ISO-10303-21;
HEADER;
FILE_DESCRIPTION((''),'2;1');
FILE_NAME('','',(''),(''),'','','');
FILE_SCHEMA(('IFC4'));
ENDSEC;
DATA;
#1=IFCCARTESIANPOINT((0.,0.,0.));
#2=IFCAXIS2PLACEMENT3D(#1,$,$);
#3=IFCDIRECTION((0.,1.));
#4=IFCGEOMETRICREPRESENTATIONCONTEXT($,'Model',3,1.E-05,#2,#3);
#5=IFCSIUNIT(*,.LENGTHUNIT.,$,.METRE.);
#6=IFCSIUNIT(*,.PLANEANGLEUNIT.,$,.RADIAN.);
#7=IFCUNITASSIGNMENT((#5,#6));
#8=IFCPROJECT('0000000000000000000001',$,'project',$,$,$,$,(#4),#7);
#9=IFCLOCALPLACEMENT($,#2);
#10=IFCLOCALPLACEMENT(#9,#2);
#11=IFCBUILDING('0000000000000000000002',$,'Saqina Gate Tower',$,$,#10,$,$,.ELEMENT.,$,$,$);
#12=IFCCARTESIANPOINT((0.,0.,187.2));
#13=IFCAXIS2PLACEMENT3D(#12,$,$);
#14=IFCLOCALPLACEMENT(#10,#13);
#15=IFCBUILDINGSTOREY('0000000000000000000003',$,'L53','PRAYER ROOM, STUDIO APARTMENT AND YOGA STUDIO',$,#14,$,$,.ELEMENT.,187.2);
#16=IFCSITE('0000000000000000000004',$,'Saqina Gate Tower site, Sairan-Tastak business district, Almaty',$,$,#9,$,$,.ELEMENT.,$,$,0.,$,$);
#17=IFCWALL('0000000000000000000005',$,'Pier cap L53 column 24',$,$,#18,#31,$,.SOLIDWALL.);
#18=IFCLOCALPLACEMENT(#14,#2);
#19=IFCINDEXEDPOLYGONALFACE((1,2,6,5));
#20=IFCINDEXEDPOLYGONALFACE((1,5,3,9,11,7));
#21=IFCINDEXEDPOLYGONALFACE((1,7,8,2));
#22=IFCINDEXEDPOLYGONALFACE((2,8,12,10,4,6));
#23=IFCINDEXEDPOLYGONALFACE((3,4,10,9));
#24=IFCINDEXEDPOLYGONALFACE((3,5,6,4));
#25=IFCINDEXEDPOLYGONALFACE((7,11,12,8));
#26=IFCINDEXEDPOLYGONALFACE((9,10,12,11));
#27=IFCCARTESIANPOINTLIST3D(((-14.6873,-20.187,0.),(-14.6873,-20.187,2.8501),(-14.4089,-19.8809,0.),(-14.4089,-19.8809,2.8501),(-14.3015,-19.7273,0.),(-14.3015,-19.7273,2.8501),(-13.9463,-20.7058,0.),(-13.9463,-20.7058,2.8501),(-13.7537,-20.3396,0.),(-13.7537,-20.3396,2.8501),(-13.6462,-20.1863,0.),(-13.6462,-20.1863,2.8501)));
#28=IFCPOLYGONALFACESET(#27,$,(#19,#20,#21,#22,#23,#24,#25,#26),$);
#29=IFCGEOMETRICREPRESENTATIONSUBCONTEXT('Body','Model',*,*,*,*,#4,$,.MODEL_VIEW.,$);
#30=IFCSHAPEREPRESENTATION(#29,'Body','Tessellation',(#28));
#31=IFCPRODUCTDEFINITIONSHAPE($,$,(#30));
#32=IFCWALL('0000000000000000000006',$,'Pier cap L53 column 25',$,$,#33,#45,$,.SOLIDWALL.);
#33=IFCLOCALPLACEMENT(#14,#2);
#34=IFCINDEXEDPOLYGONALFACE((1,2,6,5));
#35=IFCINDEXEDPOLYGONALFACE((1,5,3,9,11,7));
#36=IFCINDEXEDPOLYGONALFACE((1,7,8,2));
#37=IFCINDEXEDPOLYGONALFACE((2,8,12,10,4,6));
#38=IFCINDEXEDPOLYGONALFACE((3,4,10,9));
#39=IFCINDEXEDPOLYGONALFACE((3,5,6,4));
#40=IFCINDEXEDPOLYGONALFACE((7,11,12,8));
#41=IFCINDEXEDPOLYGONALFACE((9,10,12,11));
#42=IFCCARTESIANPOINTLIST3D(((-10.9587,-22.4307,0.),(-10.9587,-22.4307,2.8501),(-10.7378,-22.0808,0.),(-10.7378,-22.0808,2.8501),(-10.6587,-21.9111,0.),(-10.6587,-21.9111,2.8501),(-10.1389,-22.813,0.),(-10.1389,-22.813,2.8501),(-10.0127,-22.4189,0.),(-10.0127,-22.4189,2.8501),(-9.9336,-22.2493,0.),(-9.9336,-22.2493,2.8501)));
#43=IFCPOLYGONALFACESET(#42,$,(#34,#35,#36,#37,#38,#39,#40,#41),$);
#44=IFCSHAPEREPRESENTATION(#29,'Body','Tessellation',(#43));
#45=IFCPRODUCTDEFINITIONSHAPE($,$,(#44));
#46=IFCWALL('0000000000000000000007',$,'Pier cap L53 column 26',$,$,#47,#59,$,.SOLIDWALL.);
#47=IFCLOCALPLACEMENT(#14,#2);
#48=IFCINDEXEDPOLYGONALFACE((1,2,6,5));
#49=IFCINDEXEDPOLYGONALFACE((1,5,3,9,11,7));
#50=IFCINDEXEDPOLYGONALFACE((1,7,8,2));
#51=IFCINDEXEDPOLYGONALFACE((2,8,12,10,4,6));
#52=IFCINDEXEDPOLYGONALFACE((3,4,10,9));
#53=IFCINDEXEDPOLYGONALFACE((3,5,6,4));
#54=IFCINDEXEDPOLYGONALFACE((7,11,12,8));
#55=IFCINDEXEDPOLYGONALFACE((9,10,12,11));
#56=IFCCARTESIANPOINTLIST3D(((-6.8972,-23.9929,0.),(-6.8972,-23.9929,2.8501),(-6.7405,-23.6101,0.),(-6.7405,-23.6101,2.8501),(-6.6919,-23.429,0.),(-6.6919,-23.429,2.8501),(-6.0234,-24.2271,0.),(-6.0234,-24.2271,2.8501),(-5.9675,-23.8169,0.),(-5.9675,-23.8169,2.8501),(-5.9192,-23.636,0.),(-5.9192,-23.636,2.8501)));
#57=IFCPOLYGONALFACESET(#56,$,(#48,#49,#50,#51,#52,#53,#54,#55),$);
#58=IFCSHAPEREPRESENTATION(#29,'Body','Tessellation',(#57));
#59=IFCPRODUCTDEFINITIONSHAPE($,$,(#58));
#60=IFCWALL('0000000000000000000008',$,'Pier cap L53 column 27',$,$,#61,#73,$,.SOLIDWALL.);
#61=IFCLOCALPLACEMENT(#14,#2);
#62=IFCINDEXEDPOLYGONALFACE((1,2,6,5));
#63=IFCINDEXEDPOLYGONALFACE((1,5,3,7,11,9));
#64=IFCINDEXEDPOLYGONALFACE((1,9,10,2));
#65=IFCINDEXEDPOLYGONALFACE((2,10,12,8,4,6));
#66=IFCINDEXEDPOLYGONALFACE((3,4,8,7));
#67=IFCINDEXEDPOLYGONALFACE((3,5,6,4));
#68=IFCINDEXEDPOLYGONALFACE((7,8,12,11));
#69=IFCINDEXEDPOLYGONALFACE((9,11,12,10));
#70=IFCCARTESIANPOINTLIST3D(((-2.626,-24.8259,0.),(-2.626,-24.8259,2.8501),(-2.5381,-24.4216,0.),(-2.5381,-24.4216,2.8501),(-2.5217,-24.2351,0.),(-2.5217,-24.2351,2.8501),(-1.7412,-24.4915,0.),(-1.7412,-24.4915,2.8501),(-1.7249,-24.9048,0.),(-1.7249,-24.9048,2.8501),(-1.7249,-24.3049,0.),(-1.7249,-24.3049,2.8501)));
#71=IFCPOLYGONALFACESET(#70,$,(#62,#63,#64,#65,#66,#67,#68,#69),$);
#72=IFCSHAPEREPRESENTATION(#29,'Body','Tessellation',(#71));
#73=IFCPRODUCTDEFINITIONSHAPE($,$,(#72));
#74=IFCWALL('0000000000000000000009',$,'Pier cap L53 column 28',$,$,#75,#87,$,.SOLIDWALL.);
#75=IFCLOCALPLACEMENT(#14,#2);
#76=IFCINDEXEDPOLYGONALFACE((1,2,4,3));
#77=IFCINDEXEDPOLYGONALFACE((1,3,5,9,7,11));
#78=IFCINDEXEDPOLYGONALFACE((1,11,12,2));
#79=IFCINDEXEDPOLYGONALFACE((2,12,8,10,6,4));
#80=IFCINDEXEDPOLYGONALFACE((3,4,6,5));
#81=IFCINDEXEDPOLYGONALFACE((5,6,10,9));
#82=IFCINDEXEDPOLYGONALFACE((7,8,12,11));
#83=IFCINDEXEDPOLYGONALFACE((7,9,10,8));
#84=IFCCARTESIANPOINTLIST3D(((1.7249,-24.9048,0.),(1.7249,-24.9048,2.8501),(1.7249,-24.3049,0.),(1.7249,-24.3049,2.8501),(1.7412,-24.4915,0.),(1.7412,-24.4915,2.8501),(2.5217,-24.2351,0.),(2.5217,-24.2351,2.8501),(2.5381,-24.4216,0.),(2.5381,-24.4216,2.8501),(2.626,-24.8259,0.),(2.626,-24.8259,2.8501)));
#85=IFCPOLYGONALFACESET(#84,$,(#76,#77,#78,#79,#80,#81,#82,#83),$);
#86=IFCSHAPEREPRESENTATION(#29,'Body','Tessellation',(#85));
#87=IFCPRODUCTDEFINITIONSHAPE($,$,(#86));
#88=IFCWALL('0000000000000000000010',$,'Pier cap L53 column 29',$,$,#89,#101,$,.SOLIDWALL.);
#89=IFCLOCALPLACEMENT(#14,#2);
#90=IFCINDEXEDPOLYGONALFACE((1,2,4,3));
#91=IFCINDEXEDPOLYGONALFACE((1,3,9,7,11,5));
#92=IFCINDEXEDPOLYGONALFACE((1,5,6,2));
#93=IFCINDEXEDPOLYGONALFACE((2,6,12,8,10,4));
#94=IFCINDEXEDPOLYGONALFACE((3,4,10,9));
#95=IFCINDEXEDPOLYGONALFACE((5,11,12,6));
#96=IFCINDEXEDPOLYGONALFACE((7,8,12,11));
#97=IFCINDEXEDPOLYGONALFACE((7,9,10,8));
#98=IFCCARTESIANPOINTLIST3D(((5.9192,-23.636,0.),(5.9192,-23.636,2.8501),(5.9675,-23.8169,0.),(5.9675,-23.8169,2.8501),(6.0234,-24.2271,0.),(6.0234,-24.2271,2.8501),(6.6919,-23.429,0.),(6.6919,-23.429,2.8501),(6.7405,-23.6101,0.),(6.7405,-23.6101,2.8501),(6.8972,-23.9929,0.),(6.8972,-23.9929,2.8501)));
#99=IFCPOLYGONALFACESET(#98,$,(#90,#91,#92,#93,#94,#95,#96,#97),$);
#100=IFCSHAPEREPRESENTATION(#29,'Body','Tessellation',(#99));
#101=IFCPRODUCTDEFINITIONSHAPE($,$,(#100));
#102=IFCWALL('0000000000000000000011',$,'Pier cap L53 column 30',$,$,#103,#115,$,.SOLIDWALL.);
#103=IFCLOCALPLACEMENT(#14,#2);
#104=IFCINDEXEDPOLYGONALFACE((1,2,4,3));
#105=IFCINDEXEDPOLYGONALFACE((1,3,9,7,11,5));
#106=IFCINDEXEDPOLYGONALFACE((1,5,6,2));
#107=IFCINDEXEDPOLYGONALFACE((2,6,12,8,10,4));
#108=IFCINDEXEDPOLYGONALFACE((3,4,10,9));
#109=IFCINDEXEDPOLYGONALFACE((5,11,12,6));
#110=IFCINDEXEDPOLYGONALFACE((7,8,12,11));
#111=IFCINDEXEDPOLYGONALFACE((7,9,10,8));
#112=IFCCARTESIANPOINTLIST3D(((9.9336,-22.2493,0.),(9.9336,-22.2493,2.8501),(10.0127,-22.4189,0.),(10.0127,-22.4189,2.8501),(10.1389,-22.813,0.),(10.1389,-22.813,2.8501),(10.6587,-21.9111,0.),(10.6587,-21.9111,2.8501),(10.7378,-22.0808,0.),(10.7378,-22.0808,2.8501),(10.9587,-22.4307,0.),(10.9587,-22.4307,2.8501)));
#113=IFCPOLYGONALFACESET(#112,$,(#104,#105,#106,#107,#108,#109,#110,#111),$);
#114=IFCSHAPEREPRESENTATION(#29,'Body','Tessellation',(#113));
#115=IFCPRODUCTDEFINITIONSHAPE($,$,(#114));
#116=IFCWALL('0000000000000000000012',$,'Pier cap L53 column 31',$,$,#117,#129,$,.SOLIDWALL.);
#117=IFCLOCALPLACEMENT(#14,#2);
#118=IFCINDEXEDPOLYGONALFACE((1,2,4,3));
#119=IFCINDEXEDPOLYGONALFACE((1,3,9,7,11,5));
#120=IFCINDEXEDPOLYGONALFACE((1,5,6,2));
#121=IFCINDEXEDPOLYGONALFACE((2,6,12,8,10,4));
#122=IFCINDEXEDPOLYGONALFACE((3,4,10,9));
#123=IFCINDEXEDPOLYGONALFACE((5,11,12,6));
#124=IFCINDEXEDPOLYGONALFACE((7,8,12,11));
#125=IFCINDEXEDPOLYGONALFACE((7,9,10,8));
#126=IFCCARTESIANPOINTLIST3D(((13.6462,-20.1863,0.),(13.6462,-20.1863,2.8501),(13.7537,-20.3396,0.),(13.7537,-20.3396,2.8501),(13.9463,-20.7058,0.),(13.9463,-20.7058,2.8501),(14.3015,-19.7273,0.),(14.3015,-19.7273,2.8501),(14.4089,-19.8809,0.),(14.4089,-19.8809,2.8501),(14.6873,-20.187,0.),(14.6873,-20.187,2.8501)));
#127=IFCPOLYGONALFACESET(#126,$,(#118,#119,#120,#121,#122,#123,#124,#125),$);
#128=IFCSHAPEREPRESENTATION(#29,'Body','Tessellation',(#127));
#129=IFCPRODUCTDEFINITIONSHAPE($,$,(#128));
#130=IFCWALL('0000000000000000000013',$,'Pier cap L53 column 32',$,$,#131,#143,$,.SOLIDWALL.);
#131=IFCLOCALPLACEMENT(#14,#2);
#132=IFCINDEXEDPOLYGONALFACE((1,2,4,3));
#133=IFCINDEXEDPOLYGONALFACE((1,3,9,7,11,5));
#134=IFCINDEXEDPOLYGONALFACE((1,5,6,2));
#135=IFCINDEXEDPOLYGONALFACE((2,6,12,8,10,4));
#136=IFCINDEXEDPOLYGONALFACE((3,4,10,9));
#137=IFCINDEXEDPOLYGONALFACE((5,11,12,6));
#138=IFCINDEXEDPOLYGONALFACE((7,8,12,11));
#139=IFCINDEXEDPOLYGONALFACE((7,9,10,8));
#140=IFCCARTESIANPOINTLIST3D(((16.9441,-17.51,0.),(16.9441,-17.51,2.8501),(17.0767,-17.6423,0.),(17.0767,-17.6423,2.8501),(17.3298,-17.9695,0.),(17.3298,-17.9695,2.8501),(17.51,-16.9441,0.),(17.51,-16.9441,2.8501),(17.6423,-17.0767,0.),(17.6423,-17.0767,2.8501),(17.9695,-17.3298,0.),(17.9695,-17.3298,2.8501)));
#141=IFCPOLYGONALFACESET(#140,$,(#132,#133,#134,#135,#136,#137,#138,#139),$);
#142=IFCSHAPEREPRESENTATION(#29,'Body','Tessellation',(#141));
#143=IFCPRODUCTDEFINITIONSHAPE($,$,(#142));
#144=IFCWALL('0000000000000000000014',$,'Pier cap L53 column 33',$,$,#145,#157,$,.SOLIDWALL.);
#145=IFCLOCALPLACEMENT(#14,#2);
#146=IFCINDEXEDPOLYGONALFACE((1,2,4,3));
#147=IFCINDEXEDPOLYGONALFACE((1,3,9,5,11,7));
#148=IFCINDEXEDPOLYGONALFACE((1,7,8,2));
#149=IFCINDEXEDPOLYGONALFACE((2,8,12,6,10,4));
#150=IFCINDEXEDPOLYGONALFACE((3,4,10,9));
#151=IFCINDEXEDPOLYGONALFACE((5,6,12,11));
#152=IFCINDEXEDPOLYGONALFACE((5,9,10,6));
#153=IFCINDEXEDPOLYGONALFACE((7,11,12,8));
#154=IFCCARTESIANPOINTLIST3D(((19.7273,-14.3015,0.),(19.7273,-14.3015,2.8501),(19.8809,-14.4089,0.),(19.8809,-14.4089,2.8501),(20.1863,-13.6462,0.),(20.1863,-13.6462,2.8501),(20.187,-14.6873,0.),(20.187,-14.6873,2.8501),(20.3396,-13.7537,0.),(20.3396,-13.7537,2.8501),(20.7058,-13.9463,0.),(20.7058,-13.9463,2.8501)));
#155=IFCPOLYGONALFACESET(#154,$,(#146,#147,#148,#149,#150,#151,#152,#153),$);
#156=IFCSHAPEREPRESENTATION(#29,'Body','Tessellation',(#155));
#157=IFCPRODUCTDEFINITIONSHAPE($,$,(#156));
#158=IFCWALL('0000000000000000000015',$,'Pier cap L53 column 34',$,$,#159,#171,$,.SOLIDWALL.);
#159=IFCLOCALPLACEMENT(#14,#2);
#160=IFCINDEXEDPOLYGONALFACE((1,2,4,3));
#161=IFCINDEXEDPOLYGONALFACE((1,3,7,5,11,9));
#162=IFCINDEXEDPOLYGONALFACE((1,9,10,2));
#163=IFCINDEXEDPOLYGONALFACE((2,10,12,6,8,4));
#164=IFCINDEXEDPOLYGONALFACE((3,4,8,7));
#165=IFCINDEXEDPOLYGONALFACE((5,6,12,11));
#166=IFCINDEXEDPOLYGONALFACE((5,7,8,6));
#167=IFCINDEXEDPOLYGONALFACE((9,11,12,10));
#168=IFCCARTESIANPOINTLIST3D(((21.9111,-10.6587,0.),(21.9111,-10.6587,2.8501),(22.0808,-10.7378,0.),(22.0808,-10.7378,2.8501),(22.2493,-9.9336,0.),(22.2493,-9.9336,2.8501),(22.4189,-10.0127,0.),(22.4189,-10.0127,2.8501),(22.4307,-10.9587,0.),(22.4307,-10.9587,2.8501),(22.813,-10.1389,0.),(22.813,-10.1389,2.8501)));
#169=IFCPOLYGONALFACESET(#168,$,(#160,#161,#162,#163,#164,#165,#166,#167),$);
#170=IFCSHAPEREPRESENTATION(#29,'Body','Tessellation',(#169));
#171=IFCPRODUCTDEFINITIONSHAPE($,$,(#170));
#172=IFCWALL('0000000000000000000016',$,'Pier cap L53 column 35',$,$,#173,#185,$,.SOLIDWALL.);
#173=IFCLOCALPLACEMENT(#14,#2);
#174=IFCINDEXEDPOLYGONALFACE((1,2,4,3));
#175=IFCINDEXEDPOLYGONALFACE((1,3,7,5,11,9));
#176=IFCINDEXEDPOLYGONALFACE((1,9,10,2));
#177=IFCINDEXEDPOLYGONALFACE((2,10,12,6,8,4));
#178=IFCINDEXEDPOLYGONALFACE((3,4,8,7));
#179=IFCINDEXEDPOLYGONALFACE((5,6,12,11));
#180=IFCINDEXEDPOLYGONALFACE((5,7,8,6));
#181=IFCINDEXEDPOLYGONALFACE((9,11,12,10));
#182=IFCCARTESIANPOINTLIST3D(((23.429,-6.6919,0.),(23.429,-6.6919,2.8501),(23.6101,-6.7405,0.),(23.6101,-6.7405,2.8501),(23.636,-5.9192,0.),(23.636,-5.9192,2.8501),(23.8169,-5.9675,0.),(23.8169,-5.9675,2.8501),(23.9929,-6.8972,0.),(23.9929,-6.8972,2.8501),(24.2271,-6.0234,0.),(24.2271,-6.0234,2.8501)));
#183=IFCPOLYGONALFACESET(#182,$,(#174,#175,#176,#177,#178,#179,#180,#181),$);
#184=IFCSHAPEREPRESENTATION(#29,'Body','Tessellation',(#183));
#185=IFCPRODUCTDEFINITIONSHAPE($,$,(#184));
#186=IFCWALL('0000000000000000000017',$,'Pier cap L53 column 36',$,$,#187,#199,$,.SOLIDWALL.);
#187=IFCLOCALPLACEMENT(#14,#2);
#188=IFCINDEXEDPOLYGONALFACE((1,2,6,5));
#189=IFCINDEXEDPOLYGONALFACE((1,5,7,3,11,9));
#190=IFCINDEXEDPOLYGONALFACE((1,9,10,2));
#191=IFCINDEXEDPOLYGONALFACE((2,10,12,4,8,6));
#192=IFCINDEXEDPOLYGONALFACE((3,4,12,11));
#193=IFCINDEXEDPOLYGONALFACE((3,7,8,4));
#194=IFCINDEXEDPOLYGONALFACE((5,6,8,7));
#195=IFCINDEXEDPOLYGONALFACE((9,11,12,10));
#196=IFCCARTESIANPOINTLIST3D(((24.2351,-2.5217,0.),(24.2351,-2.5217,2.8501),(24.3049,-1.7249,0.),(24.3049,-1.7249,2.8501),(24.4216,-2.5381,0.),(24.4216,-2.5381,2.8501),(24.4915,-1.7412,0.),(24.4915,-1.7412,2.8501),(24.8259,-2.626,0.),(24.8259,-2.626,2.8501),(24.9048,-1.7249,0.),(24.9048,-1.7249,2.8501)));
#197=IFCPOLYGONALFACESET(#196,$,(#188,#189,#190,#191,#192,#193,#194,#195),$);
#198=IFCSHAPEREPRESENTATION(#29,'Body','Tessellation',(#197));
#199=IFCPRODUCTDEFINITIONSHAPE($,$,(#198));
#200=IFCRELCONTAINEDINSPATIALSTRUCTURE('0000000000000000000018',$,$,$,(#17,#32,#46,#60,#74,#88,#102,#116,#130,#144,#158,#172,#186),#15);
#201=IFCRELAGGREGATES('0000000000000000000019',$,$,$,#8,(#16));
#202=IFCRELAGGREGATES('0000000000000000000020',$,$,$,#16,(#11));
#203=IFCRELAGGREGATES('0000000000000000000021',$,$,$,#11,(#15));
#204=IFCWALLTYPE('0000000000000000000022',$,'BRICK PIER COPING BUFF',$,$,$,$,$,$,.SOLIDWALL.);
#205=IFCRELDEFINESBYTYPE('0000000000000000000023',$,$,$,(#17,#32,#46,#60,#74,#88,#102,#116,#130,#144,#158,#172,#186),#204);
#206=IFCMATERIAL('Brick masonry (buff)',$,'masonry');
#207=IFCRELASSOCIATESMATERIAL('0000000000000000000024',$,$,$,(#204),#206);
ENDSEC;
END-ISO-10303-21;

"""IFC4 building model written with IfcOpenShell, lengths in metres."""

from ifc_helpers import new_model, si_unit, direction, frame, origin, place, context, subcontext, project, spatial, polyline, outline, extrude, material, type_object, element, save


model = new_model("IFC4")

# Units and contexts
model_context = context("Model", 3, precision=1e-05, world=origin(), true_north=direction((0.0, 1.0)))
body_context = subcontext(model_context, "Body", "Model", "MODEL_VIEW")
ifc_project = project(units=[si_unit("LENGTHUNIT", "METRE"), si_unit("PLANEANGLEUNIT", "RADIAN")], contexts=[model_context])

# Site, building, storey
site_placement = place(None, origin())
site = spatial("IfcSite", under=ifc_project, at=site_placement, Name="Saqina Gate Tower site, Sairan-Tastak business district, Almaty", CompositionType="ELEMENT", RefElevation=0.0)
building_placement = place(site_placement, origin())
building = spatial("IfcBuilding", under=site, at=building_placement, Name="Saqina Gate Tower", CompositionType="ELEMENT")
storey_placement = place(building_placement, frame((0.0, 0.0, 187.2)))
storey = spatial("IfcBuildingStorey", under=building, at=storey_placement, Name="L53", Description="PRAYER ROOM, STUDIO APARTMENT AND YOGA STUDIO", CompositionType="ELEMENT", Elevation=187.2)

# Walls
ifc_material_1 = material(Name="Brick masonry (buff)", Category="masonry")
wall_type_1 = type_object("IfcWallType", Name="BRICK PIER COPING BUFF", PredefinedType="SOLIDWALL", material=ifc_material_1)
wall_1_placement = place(storey_placement, origin())
element("IfcWall", 1, at=wall_1_placement, inside=storey, type_object=wall_type_1, Name="Pier cap L53 column 24", PredefinedType="SOLIDWALL", context=body_context, shape_type="SweptSolid", body=[
    extrude(outline(polyline([(-14.6873, -20.187), (-13.9463, -20.7058), (-13.6462, -20.1863), (-13.7537, -20.3396), (-14.4089, -19.8809), (-14.3015, -19.7273), (-14.6873, -20.187)])), origin(), (0.0, 0.0, 1.0), 2.8501),
])
wall_2_placement = place(storey_placement, origin())
element("IfcWall", 2, at=wall_2_placement, inside=storey, type_object=wall_type_1, Name="Pier cap L53 column 25", PredefinedType="SOLIDWALL", context=body_context, shape_type="SweptSolid", body=[
    extrude(outline(polyline([(-10.1389, -22.813), (-9.9336, -22.2493), (-10.0127, -22.4189), (-10.7378, -22.0808), (-10.6587, -21.9111), (-10.9587, -22.4307), (-10.1389, -22.813)])), origin(), (0.0, 0.0, 1.0), 2.8501),
])
wall_3_placement = place(storey_placement, origin())
element("IfcWall", 3, at=wall_3_placement, inside=storey, type_object=wall_type_1, Name="Pier cap L53 column 26", PredefinedType="SOLIDWALL", context=body_context, shape_type="SweptSolid", body=[
    extrude(outline(polyline([(-6.0234, -24.2271), (-5.9192, -23.636), (-5.9675, -23.8169), (-6.7405, -23.6101), (-6.6919, -23.429), (-6.8972, -23.9929), (-6.0234, -24.2271)])), origin(), (0.0, 0.0, 1.0), 2.8501),
])
wall_4_placement = place(storey_placement, origin())
element("IfcWall", 4, at=wall_4_placement, inside=storey, type_object=wall_type_1, Name="Pier cap L53 column 27", PredefinedType="SOLIDWALL", context=body_context, shape_type="SweptSolid", body=[
    extrude(outline(polyline([(-2.626, -24.8259), (-1.7249, -24.9048), (-1.7249, -24.3049), (-1.7412, -24.4915), (-2.5381, -24.4216), (-2.5217, -24.2351), (-2.626, -24.8259)])), origin(), (0.0, 0.0, 1.0), 2.8501),
])
wall_5_placement = place(storey_placement, origin())
element("IfcWall", 5, at=wall_5_placement, inside=storey, type_object=wall_type_1, Name="Pier cap L53 column 28", PredefinedType="SOLIDWALL", context=body_context, shape_type="SweptSolid", body=[
    extrude(outline(polyline([(1.7249, -24.9048), (2.626, -24.8259), (2.5217, -24.2351), (2.5381, -24.4216), (1.7412, -24.4915), (1.7249, -24.3049), (1.7249, -24.9048)])), origin(), (0.0, 0.0, 1.0), 2.8501),
])
wall_6_placement = place(storey_placement, origin())
element("IfcWall", 6, at=wall_6_placement, inside=storey, type_object=wall_type_1, Name="Pier cap L53 column 29", PredefinedType="SOLIDWALL", context=body_context, shape_type="SweptSolid", body=[
    extrude(outline(polyline([(6.0234, -24.2271), (6.8972, -23.9929), (6.6919, -23.429), (6.7405, -23.6101), (5.9675, -23.8169), (5.9192, -23.636), (6.0234, -24.2271)])), origin(), (0.0, 0.0, 1.0), 2.8501),
])
wall_7_placement = place(storey_placement, origin())
element("IfcWall", 7, at=wall_7_placement, inside=storey, type_object=wall_type_1, Name="Pier cap L53 column 30", PredefinedType="SOLIDWALL", context=body_context, shape_type="SweptSolid", body=[
    extrude(outline(polyline([(10.9587, -22.4307), (10.6587, -21.9111), (10.7378, -22.0808), (10.0127, -22.4189), (9.9336, -22.2493), (10.1389, -22.813), (10.9587, -22.4307)])), origin(), (0.0, 0.0, 1.0), 2.8501),
])
wall_8_placement = place(storey_placement, origin())
element("IfcWall", 8, at=wall_8_placement, inside=storey, type_object=wall_type_1, Name="Pier cap L53 column 31", PredefinedType="SOLIDWALL", context=body_context, shape_type="SweptSolid", body=[
    extrude(outline(polyline([(13.9463, -20.7058), (14.6873, -20.187), (14.3015, -19.7273), (14.4089, -19.8809), (13.7537, -20.3396), (13.6462, -20.1863), (13.9463, -20.7058)])), origin(), (0.0, 0.0, 1.0), 2.8501),
])
wall_9_placement = place(storey_placement, origin())
element("IfcWall", 9, at=wall_9_placement, inside=storey, type_object=wall_type_1, Name="Pier cap L53 column 32", PredefinedType="SOLIDWALL", context=body_context, shape_type="SweptSolid", body=[
    extrude(outline(polyline([(17.9695, -17.3298), (17.51, -16.9441), (17.6423, -17.0767), (17.0767, -17.6423), (16.9441, -17.51), (17.3298, -17.9695), (17.9695, -17.3298)])), origin(), (0.0, 0.0, 1.0), 2.8501),
])
wall_10_placement = place(storey_placement, origin())
element("IfcWall", 10, at=wall_10_placement, inside=storey, type_object=wall_type_1, Name="Pier cap L53 column 33", PredefinedType="SOLIDWALL", context=body_context, shape_type="SweptSolid", body=[
    extrude(outline(polyline([(20.187, -14.6873), (20.7058, -13.9463), (20.1863, -13.6462), (20.3396, -13.7537), (19.8809, -14.4089), (19.7273, -14.3015), (20.187, -14.6873)])), origin(), (0.0, 0.0, 1.0), 2.8501),
])
wall_11_placement = place(storey_placement, origin())
element("IfcWall", 11, at=wall_11_placement, inside=storey, type_object=wall_type_1, Name="Pier cap L53 column 34", PredefinedType="SOLIDWALL", context=body_context, shape_type="SweptSolid", body=[
    extrude(outline(polyline([(22.813, -10.1389), (22.2493, -9.9336), (22.4189, -10.0127), (22.0808, -10.7378), (21.9111, -10.6587), (22.4307, -10.9587), (22.813, -10.1389)])), origin(), (0.0, 0.0, 1.0), 2.8501),
])
wall_12_placement = place(storey_placement, origin())
element("IfcWall", 12, at=wall_12_placement, inside=storey, type_object=wall_type_1, Name="Pier cap L53 column 35", PredefinedType="SOLIDWALL", context=body_context, shape_type="SweptSolid", body=[
    extrude(outline(polyline([(24.2271, -6.0234), (23.636, -5.9192), (23.8169, -5.9675), (23.6101, -6.7405), (23.429, -6.6919), (23.9929, -6.8972), (24.2271, -6.0234)])), origin(), (0.0, 0.0, 1.0), 2.8501),
])
wall_13_placement = place(storey_placement, origin())
element("IfcWall", 13, at=wall_13_placement, inside=storey, type_object=wall_type_1, Name="Pier cap L53 column 36", PredefinedType="SOLIDWALL", context=body_context, shape_type="SweptSolid", body=[
    extrude(outline(polyline([(24.8259, -2.626), (24.9048, -1.7249), (24.3049, -1.7249), (24.4915, -1.7412), (24.4216, -2.5381), (24.2351, -2.5217), (24.8259, -2.626)])), origin(), (0.0, 0.0, 1.0), 2.8501),
])

save(model, "model.ifc")
